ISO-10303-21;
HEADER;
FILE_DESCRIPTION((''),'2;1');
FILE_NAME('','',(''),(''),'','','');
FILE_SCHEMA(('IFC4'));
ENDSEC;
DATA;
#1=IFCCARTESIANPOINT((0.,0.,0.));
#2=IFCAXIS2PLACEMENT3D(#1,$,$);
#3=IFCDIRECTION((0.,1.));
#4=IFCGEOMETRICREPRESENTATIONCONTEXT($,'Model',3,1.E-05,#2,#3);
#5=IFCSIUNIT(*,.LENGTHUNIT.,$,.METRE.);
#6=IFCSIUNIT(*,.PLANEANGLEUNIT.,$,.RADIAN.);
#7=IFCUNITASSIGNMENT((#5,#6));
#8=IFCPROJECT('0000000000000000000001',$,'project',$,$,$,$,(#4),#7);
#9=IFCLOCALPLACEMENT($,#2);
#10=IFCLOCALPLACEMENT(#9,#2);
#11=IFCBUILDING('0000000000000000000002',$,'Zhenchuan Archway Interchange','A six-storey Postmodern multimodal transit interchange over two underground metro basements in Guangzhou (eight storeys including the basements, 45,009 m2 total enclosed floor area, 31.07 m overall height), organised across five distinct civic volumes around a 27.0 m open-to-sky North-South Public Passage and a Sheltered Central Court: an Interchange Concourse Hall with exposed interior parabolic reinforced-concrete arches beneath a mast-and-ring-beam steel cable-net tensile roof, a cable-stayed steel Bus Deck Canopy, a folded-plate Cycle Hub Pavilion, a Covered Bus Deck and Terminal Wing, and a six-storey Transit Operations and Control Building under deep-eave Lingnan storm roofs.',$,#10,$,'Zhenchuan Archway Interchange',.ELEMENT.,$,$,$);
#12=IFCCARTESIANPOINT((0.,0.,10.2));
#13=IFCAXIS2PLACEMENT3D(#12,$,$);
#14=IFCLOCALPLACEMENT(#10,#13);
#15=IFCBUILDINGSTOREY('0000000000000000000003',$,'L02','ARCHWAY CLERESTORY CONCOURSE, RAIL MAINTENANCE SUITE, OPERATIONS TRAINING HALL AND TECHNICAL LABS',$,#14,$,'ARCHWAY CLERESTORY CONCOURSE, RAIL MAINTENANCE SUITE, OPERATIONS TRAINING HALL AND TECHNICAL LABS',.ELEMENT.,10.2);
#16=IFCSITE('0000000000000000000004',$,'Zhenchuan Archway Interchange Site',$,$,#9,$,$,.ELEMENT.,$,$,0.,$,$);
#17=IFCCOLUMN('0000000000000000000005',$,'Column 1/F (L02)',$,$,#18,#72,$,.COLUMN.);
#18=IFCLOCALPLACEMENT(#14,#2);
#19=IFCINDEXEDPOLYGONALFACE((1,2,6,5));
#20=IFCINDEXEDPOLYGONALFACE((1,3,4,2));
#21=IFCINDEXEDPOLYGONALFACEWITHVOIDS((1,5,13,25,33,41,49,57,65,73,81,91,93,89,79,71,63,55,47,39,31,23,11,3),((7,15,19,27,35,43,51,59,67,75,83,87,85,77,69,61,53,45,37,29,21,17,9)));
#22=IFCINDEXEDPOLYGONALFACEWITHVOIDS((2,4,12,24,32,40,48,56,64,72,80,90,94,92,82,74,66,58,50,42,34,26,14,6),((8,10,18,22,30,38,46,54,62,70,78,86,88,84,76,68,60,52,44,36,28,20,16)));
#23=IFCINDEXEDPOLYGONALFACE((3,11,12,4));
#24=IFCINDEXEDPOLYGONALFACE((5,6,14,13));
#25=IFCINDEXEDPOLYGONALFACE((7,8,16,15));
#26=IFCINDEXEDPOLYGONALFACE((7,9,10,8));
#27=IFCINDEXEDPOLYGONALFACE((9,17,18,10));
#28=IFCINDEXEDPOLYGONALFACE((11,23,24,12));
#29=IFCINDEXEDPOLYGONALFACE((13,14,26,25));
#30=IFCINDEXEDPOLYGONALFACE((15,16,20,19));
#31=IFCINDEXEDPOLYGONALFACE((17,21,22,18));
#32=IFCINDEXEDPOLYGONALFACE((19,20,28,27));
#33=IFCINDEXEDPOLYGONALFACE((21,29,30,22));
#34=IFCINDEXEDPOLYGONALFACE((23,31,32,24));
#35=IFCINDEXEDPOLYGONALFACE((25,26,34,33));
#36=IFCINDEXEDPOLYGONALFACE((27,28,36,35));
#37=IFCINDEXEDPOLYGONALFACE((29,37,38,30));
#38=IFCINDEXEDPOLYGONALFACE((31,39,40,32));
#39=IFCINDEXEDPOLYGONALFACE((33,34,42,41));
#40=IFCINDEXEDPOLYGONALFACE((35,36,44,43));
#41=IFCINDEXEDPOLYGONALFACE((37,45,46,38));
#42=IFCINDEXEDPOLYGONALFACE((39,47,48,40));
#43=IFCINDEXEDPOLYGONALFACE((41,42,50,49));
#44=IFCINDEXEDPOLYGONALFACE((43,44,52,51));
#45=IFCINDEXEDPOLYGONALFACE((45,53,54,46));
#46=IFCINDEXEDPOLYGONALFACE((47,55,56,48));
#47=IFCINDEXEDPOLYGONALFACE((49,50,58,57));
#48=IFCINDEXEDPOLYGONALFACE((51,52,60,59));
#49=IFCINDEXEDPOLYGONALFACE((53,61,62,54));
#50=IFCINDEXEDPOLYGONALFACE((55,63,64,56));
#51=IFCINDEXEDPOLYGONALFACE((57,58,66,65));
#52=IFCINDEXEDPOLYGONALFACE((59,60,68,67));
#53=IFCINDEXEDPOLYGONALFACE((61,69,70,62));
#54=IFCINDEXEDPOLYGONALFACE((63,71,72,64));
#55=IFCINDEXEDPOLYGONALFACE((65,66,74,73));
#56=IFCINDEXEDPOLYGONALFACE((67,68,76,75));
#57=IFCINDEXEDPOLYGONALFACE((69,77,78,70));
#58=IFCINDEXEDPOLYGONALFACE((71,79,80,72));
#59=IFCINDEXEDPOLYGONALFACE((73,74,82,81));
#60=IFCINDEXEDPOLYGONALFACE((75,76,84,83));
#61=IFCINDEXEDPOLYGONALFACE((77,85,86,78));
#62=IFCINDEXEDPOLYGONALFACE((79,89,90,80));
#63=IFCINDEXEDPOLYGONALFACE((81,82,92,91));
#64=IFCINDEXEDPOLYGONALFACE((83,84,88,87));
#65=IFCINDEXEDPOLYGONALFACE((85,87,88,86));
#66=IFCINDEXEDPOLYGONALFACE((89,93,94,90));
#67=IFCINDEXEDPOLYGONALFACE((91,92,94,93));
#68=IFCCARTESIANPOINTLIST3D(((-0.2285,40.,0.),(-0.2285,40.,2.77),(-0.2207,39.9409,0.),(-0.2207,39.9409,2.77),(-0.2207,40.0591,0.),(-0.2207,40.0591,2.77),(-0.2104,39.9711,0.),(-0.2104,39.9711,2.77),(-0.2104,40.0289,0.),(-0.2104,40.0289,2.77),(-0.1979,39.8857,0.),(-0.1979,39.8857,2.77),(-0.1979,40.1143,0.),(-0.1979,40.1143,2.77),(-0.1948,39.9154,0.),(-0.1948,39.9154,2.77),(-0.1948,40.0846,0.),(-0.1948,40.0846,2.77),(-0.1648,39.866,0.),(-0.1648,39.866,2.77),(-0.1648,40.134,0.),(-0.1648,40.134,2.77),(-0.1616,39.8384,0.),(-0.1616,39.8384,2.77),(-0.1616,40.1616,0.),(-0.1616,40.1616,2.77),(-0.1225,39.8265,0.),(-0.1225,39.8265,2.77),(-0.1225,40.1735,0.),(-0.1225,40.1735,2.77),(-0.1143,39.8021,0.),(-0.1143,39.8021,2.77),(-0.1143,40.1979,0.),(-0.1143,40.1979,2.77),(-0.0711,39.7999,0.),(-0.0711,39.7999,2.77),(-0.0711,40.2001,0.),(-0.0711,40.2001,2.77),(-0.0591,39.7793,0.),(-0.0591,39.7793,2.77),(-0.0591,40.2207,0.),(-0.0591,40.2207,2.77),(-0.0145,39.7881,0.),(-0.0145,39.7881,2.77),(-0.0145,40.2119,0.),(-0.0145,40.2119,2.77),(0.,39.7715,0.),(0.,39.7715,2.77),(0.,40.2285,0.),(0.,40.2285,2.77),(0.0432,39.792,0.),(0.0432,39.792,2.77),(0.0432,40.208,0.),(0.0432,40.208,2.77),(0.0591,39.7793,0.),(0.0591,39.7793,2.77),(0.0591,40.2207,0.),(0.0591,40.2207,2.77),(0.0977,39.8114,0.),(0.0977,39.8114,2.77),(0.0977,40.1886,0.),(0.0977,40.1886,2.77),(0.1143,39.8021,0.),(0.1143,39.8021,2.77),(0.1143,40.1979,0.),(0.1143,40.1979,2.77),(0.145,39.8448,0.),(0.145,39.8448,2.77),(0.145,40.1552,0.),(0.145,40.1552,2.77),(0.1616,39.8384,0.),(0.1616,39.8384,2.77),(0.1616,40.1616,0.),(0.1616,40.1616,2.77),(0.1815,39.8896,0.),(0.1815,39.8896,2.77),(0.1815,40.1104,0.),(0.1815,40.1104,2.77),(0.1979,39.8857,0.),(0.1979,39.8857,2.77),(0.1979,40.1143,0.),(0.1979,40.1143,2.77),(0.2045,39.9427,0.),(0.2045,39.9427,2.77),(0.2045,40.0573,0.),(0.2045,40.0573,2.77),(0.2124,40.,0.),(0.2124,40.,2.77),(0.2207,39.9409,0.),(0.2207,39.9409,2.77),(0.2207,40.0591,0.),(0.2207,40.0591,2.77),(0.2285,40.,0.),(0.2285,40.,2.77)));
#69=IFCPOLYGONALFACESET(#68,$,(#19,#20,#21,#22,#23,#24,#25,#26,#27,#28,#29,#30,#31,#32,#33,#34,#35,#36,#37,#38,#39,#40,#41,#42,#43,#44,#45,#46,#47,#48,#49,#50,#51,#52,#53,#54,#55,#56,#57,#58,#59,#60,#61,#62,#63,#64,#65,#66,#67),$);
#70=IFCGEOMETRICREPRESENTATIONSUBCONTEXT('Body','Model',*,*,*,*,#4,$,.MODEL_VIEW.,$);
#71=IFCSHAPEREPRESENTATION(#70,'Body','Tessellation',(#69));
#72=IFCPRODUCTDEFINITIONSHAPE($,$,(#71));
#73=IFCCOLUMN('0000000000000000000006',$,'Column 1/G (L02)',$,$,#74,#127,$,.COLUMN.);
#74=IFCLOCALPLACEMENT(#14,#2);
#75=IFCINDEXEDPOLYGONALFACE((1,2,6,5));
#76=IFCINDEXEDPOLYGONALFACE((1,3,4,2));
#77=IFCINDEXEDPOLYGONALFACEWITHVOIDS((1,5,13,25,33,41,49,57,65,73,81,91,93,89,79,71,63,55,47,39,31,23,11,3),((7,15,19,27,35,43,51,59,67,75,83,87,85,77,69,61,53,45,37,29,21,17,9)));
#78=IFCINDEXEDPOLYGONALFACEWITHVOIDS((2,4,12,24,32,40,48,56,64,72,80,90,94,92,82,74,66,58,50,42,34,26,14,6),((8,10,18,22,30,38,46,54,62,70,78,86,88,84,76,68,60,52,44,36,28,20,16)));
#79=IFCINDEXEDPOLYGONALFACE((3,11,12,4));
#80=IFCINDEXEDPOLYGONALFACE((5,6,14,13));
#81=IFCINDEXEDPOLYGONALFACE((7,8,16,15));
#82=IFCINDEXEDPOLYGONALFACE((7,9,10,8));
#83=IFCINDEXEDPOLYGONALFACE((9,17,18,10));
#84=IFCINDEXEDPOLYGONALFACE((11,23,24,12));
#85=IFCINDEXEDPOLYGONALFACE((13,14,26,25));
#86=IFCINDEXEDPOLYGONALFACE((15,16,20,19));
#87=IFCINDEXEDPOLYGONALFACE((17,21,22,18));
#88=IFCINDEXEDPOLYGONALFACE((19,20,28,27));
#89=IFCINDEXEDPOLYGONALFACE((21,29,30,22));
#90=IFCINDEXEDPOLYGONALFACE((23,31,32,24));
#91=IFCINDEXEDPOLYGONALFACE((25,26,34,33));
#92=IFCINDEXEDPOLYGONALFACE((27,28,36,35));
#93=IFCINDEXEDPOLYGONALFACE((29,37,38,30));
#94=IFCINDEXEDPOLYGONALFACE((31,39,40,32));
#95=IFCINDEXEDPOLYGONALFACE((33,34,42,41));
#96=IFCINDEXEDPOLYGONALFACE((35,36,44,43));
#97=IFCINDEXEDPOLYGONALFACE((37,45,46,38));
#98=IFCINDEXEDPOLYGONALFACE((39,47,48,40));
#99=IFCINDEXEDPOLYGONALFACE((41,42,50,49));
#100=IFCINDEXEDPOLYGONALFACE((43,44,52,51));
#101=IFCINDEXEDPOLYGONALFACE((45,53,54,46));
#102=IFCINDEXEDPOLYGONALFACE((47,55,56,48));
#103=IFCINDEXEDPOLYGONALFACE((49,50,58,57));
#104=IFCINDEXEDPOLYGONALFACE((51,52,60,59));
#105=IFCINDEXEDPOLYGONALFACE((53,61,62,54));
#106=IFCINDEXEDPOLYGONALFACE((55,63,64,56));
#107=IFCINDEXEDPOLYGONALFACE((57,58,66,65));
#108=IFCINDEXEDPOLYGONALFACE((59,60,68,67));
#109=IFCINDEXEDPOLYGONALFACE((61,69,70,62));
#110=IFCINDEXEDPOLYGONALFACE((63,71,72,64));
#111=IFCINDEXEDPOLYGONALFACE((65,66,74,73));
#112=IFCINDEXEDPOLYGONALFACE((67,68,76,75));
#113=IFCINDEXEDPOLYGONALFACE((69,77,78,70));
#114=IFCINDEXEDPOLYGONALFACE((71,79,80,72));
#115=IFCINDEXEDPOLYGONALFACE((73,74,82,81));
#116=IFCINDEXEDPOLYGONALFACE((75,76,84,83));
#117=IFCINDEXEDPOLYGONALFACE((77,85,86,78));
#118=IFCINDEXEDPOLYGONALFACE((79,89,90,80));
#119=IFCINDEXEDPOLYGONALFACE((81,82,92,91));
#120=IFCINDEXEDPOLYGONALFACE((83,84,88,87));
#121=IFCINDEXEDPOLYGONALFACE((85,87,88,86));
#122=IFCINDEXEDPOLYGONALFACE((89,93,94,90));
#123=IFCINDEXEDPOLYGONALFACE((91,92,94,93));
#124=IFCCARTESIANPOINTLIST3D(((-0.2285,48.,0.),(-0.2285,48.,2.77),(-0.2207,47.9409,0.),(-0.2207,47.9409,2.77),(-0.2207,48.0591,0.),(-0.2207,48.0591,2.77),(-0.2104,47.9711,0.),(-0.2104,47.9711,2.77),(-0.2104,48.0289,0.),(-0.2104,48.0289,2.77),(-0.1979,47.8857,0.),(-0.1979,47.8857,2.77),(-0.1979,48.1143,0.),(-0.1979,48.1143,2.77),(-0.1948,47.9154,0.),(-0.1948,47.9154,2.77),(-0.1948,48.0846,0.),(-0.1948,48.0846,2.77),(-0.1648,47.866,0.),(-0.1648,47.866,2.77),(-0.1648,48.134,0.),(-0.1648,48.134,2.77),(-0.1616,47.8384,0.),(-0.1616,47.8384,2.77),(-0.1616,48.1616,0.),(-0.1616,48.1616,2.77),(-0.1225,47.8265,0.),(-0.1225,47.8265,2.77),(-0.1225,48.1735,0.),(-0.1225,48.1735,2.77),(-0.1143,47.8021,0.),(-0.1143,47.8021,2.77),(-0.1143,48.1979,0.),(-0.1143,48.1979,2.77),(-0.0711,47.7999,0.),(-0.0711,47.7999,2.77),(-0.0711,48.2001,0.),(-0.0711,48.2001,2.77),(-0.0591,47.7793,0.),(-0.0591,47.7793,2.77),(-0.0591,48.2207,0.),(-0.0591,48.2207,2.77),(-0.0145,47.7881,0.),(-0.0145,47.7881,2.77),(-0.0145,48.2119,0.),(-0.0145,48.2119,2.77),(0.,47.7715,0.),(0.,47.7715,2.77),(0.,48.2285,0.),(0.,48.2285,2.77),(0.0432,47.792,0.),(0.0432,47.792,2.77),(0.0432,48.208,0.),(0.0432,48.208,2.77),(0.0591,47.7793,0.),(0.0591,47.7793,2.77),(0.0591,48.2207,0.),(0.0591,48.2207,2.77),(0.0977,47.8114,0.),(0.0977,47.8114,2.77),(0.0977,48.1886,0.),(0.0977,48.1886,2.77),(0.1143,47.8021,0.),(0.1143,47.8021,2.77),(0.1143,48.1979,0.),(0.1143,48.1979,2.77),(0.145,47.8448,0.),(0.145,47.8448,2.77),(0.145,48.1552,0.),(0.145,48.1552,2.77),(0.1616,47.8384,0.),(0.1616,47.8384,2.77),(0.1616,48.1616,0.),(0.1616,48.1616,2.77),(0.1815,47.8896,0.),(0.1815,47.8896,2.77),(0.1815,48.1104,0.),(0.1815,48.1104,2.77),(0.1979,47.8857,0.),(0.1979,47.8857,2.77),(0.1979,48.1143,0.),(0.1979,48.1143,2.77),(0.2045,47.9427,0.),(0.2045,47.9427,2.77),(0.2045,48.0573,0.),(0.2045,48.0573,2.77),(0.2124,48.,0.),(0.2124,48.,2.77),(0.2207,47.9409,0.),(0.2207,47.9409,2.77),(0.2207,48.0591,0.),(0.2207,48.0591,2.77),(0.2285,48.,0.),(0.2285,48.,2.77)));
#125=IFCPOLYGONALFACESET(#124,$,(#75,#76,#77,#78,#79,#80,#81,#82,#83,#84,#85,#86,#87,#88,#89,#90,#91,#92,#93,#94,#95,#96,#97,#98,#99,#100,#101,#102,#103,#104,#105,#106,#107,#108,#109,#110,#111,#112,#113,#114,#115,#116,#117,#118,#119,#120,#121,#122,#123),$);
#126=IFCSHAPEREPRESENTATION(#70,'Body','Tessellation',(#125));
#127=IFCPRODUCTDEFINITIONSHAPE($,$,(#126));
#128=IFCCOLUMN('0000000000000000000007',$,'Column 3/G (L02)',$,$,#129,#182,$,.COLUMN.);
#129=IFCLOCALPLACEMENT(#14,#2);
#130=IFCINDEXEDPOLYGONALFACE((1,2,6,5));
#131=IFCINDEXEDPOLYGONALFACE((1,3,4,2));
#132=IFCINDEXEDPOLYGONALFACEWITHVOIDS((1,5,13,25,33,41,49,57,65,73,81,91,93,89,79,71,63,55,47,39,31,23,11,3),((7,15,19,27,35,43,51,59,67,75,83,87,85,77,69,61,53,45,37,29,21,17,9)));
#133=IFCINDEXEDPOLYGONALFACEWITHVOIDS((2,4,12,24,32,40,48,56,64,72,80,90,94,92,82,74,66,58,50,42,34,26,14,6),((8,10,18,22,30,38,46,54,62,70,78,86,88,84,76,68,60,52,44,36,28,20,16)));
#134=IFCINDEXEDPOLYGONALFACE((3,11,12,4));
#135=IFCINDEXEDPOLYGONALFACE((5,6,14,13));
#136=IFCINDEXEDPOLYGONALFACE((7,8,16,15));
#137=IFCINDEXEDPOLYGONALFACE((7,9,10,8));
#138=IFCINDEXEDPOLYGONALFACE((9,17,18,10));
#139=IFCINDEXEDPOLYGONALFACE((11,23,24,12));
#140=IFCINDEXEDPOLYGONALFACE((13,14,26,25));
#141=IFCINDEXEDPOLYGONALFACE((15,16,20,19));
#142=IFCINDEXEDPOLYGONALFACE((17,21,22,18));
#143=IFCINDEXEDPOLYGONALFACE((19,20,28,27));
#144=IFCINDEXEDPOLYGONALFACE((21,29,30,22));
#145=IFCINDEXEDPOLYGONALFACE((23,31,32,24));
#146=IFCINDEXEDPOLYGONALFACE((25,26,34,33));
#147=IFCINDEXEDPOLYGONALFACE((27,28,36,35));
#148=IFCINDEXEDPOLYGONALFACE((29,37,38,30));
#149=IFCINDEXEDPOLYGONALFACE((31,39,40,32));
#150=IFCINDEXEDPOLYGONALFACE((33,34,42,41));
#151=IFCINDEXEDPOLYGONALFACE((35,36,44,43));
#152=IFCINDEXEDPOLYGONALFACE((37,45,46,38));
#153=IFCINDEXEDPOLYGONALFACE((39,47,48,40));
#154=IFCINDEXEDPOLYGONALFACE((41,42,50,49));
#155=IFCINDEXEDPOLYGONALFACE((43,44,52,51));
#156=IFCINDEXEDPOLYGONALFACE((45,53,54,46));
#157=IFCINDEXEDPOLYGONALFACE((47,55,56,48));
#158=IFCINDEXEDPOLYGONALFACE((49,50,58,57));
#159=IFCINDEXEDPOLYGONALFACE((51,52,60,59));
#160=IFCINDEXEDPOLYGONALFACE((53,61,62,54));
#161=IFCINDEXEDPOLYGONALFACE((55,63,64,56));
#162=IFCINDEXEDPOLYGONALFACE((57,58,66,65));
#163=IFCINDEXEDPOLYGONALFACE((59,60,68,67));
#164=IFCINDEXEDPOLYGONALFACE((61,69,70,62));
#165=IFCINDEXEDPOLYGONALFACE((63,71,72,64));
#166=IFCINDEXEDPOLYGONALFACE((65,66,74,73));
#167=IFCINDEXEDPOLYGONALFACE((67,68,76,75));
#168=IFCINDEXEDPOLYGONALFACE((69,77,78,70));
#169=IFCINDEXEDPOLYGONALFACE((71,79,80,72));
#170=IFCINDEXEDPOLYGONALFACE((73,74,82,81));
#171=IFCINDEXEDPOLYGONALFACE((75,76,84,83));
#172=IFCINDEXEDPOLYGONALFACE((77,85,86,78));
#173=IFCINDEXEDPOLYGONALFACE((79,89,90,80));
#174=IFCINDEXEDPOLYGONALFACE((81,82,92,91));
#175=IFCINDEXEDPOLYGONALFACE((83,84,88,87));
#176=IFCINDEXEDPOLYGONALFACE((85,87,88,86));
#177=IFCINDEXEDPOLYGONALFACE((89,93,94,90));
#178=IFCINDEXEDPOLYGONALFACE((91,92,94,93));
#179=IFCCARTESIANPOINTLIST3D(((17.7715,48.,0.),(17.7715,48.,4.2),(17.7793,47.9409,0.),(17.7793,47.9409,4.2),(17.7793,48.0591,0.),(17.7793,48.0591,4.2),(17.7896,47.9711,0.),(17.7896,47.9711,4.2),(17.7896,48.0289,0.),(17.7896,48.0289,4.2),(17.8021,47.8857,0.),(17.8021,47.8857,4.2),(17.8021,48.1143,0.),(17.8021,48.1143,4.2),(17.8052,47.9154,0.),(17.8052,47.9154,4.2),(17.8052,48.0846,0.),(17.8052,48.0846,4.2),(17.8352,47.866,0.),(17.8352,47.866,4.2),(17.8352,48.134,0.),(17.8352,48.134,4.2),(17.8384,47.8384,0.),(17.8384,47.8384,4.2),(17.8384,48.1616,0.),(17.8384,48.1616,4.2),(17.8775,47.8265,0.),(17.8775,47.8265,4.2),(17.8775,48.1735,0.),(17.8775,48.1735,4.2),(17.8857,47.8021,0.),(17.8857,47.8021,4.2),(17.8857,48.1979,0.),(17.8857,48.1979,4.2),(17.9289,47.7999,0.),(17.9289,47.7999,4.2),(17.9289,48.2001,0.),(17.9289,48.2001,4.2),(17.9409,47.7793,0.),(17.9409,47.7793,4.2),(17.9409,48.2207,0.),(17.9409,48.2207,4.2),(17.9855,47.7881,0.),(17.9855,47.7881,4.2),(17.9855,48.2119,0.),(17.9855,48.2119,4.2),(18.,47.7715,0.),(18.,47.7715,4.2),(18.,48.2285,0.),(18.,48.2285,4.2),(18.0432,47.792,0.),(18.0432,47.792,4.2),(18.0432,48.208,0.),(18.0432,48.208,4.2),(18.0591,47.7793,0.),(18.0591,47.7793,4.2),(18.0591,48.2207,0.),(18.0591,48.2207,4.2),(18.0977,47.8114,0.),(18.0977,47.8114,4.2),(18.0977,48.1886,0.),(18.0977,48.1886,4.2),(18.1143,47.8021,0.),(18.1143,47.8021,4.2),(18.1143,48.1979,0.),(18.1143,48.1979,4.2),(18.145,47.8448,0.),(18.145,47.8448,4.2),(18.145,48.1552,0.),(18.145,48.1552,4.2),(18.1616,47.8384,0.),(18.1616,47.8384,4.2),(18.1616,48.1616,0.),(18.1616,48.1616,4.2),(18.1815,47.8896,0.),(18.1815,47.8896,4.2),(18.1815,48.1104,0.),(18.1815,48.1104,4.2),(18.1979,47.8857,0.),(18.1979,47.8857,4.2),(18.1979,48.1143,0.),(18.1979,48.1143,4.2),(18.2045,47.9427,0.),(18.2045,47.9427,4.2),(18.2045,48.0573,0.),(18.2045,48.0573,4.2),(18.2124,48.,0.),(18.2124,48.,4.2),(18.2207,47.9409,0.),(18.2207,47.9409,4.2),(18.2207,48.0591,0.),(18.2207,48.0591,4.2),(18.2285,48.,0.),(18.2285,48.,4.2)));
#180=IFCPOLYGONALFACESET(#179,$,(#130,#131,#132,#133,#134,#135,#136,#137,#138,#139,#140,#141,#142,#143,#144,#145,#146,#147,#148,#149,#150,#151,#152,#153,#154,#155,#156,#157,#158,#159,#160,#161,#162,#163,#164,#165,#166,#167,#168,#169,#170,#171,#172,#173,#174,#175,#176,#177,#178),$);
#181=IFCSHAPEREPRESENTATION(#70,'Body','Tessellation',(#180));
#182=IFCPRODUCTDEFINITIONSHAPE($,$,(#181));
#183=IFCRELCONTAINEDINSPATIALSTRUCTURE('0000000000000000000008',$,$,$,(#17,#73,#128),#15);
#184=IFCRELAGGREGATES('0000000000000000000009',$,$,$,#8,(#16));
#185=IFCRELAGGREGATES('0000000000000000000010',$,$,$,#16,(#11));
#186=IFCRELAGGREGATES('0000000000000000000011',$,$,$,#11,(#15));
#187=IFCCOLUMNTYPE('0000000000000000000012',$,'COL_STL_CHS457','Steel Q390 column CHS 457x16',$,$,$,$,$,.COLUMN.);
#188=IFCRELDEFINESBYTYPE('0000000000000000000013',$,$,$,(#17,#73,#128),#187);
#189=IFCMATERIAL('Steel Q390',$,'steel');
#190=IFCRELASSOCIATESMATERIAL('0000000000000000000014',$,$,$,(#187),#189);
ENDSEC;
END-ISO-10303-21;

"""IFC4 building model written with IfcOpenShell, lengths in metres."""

from ifc_helpers import new_model, si_unit, direction, frame, origin, origin_2d, place, context, subcontext, project, spatial, hollow_circle, extrude, material, material_profile, profile_set, type_object, element, save


model = new_model("IFC4")

# Units and contexts
model_context = context("Model", 3, precision=1e-05, world=origin(), true_north=direction((0.0, 1.0)))
body_context = subcontext(model_context, "Body", "Model", "MODEL_VIEW")
ifc_project = project(units=[si_unit("LENGTHUNIT", "METRE"), si_unit("PLANEANGLEUNIT", "RADIAN")], contexts=[model_context])

# Site, building, storey
site_placement = place(None, origin())
site = spatial("IfcSite", under=ifc_project, at=site_placement, Name="Zhenchuan Archway Interchange Site", CompositionType="ELEMENT", RefElevation=0.0)
building_placement = place(site_placement, origin())
building = spatial("IfcBuilding", under=site, at=building_placement, Name="Zhenchuan Archway Interchange", Description="A six-storey Postmodern multimodal transit interchange over two underground metro basements in Guangzhou (eight storeys including the basements, 45,009 m2 total enclosed floor area, 31.07 m overall height), organised across five distinct civic volumes around a 27.0 m open-to-sky North-South Public Passage and a Sheltered Central Court: an Interchange Concourse Hall with exposed interior parabolic reinforced-concrete arches beneath a mast-and-ring-beam steel cable-net tensile roof, a cable-stayed steel Bus Deck Canopy, a folded-plate Cycle Hub Pavilion, a Covered Bus Deck and Terminal Wing, and a six-storey Transit Operations and Control Building under deep-eave Lingnan storm roofs.", LongName="Zhenchuan Archway Interchange", CompositionType="ELEMENT")
storey_placement = place(building_placement, frame((0.0, 0.0, 10.2)))
storey = spatial("IfcBuildingStorey", under=building, at=storey_placement, Name="L02", Description="ARCHWAY CLERESTORY CONCOURSE, RAIL MAINTENANCE SUITE, OPERATIONS TRAINING HALL AND TECHNICAL LABS", LongName="ARCHWAY CLERESTORY CONCOURSE, RAIL MAINTENANCE SUITE, OPERATIONS TRAINING HALL AND TECHNICAL LABS", CompositionType="ELEMENT", Elevation=10.2)

# Columns
ifc_material_1 = material(Name="Steel Q390", Category="steel")
ifc_material_profile_1 = material_profile(ifc_material_1, hollow_circle(Radius=0.2285, WallThickness=0.0161, at=origin_2d()), Name="CHS 457x16")
ifc_profile_set_1 = profile_set([ifc_material_profile_1], Name="Steel Q390")
column_type_1 = type_object("IfcColumnType", Name="COL_STL_CHS457", Description="Steel Q390 column CHS 457x16", PredefinedType="COLUMN", material=ifc_profile_set_1)
for number, where, z_axis, x_axis, name in (
    (1, (0.0, 40.0, 0.0), (0.0, 0.0, 1.0), (1.0, 0.0, 0.0), "Column 1/F (L02)"),
    (2, (0.0, 48.0, 0.0), (0.0, 0.0, 1.0), (1.0, 0.0, 0.0), "Column 1/G (L02)"),
):
    element("IfcColumn", number, at=place(storey_placement, frame(where, z_axis=z_axis, x_axis=x_axis)), inside=storey, type_object=column_type_1, Name=name, PredefinedType="COLUMN", context=body_context, shape_type="SweptSolid", body=[
        extrude(hollow_circle(Radius=0.2285, WallThickness=0.0161, at=origin_2d()), origin(), (0.0, 0.0, 1.0), 2.77),
    ])
column_1_placement = place(storey_placement, frame((18.0, 48.0, 0.0), z_axis=(0.0, 0.0, 1.0), x_axis=(1.0, 0.0, 0.0)))
element("IfcColumn", 3, at=column_1_placement, inside=storey, type_object=column_type_1, Name="Column 3/G (L02)", PredefinedType="COLUMN", context=body_context, shape_type="SweptSolid", body=[
    extrude(hollow_circle(Radius=0.2285, WallThickness=0.0161, at=origin_2d()), origin(), (0.0, 0.0, 1.0), 4.2),
])

save(model, "model.ifc")
